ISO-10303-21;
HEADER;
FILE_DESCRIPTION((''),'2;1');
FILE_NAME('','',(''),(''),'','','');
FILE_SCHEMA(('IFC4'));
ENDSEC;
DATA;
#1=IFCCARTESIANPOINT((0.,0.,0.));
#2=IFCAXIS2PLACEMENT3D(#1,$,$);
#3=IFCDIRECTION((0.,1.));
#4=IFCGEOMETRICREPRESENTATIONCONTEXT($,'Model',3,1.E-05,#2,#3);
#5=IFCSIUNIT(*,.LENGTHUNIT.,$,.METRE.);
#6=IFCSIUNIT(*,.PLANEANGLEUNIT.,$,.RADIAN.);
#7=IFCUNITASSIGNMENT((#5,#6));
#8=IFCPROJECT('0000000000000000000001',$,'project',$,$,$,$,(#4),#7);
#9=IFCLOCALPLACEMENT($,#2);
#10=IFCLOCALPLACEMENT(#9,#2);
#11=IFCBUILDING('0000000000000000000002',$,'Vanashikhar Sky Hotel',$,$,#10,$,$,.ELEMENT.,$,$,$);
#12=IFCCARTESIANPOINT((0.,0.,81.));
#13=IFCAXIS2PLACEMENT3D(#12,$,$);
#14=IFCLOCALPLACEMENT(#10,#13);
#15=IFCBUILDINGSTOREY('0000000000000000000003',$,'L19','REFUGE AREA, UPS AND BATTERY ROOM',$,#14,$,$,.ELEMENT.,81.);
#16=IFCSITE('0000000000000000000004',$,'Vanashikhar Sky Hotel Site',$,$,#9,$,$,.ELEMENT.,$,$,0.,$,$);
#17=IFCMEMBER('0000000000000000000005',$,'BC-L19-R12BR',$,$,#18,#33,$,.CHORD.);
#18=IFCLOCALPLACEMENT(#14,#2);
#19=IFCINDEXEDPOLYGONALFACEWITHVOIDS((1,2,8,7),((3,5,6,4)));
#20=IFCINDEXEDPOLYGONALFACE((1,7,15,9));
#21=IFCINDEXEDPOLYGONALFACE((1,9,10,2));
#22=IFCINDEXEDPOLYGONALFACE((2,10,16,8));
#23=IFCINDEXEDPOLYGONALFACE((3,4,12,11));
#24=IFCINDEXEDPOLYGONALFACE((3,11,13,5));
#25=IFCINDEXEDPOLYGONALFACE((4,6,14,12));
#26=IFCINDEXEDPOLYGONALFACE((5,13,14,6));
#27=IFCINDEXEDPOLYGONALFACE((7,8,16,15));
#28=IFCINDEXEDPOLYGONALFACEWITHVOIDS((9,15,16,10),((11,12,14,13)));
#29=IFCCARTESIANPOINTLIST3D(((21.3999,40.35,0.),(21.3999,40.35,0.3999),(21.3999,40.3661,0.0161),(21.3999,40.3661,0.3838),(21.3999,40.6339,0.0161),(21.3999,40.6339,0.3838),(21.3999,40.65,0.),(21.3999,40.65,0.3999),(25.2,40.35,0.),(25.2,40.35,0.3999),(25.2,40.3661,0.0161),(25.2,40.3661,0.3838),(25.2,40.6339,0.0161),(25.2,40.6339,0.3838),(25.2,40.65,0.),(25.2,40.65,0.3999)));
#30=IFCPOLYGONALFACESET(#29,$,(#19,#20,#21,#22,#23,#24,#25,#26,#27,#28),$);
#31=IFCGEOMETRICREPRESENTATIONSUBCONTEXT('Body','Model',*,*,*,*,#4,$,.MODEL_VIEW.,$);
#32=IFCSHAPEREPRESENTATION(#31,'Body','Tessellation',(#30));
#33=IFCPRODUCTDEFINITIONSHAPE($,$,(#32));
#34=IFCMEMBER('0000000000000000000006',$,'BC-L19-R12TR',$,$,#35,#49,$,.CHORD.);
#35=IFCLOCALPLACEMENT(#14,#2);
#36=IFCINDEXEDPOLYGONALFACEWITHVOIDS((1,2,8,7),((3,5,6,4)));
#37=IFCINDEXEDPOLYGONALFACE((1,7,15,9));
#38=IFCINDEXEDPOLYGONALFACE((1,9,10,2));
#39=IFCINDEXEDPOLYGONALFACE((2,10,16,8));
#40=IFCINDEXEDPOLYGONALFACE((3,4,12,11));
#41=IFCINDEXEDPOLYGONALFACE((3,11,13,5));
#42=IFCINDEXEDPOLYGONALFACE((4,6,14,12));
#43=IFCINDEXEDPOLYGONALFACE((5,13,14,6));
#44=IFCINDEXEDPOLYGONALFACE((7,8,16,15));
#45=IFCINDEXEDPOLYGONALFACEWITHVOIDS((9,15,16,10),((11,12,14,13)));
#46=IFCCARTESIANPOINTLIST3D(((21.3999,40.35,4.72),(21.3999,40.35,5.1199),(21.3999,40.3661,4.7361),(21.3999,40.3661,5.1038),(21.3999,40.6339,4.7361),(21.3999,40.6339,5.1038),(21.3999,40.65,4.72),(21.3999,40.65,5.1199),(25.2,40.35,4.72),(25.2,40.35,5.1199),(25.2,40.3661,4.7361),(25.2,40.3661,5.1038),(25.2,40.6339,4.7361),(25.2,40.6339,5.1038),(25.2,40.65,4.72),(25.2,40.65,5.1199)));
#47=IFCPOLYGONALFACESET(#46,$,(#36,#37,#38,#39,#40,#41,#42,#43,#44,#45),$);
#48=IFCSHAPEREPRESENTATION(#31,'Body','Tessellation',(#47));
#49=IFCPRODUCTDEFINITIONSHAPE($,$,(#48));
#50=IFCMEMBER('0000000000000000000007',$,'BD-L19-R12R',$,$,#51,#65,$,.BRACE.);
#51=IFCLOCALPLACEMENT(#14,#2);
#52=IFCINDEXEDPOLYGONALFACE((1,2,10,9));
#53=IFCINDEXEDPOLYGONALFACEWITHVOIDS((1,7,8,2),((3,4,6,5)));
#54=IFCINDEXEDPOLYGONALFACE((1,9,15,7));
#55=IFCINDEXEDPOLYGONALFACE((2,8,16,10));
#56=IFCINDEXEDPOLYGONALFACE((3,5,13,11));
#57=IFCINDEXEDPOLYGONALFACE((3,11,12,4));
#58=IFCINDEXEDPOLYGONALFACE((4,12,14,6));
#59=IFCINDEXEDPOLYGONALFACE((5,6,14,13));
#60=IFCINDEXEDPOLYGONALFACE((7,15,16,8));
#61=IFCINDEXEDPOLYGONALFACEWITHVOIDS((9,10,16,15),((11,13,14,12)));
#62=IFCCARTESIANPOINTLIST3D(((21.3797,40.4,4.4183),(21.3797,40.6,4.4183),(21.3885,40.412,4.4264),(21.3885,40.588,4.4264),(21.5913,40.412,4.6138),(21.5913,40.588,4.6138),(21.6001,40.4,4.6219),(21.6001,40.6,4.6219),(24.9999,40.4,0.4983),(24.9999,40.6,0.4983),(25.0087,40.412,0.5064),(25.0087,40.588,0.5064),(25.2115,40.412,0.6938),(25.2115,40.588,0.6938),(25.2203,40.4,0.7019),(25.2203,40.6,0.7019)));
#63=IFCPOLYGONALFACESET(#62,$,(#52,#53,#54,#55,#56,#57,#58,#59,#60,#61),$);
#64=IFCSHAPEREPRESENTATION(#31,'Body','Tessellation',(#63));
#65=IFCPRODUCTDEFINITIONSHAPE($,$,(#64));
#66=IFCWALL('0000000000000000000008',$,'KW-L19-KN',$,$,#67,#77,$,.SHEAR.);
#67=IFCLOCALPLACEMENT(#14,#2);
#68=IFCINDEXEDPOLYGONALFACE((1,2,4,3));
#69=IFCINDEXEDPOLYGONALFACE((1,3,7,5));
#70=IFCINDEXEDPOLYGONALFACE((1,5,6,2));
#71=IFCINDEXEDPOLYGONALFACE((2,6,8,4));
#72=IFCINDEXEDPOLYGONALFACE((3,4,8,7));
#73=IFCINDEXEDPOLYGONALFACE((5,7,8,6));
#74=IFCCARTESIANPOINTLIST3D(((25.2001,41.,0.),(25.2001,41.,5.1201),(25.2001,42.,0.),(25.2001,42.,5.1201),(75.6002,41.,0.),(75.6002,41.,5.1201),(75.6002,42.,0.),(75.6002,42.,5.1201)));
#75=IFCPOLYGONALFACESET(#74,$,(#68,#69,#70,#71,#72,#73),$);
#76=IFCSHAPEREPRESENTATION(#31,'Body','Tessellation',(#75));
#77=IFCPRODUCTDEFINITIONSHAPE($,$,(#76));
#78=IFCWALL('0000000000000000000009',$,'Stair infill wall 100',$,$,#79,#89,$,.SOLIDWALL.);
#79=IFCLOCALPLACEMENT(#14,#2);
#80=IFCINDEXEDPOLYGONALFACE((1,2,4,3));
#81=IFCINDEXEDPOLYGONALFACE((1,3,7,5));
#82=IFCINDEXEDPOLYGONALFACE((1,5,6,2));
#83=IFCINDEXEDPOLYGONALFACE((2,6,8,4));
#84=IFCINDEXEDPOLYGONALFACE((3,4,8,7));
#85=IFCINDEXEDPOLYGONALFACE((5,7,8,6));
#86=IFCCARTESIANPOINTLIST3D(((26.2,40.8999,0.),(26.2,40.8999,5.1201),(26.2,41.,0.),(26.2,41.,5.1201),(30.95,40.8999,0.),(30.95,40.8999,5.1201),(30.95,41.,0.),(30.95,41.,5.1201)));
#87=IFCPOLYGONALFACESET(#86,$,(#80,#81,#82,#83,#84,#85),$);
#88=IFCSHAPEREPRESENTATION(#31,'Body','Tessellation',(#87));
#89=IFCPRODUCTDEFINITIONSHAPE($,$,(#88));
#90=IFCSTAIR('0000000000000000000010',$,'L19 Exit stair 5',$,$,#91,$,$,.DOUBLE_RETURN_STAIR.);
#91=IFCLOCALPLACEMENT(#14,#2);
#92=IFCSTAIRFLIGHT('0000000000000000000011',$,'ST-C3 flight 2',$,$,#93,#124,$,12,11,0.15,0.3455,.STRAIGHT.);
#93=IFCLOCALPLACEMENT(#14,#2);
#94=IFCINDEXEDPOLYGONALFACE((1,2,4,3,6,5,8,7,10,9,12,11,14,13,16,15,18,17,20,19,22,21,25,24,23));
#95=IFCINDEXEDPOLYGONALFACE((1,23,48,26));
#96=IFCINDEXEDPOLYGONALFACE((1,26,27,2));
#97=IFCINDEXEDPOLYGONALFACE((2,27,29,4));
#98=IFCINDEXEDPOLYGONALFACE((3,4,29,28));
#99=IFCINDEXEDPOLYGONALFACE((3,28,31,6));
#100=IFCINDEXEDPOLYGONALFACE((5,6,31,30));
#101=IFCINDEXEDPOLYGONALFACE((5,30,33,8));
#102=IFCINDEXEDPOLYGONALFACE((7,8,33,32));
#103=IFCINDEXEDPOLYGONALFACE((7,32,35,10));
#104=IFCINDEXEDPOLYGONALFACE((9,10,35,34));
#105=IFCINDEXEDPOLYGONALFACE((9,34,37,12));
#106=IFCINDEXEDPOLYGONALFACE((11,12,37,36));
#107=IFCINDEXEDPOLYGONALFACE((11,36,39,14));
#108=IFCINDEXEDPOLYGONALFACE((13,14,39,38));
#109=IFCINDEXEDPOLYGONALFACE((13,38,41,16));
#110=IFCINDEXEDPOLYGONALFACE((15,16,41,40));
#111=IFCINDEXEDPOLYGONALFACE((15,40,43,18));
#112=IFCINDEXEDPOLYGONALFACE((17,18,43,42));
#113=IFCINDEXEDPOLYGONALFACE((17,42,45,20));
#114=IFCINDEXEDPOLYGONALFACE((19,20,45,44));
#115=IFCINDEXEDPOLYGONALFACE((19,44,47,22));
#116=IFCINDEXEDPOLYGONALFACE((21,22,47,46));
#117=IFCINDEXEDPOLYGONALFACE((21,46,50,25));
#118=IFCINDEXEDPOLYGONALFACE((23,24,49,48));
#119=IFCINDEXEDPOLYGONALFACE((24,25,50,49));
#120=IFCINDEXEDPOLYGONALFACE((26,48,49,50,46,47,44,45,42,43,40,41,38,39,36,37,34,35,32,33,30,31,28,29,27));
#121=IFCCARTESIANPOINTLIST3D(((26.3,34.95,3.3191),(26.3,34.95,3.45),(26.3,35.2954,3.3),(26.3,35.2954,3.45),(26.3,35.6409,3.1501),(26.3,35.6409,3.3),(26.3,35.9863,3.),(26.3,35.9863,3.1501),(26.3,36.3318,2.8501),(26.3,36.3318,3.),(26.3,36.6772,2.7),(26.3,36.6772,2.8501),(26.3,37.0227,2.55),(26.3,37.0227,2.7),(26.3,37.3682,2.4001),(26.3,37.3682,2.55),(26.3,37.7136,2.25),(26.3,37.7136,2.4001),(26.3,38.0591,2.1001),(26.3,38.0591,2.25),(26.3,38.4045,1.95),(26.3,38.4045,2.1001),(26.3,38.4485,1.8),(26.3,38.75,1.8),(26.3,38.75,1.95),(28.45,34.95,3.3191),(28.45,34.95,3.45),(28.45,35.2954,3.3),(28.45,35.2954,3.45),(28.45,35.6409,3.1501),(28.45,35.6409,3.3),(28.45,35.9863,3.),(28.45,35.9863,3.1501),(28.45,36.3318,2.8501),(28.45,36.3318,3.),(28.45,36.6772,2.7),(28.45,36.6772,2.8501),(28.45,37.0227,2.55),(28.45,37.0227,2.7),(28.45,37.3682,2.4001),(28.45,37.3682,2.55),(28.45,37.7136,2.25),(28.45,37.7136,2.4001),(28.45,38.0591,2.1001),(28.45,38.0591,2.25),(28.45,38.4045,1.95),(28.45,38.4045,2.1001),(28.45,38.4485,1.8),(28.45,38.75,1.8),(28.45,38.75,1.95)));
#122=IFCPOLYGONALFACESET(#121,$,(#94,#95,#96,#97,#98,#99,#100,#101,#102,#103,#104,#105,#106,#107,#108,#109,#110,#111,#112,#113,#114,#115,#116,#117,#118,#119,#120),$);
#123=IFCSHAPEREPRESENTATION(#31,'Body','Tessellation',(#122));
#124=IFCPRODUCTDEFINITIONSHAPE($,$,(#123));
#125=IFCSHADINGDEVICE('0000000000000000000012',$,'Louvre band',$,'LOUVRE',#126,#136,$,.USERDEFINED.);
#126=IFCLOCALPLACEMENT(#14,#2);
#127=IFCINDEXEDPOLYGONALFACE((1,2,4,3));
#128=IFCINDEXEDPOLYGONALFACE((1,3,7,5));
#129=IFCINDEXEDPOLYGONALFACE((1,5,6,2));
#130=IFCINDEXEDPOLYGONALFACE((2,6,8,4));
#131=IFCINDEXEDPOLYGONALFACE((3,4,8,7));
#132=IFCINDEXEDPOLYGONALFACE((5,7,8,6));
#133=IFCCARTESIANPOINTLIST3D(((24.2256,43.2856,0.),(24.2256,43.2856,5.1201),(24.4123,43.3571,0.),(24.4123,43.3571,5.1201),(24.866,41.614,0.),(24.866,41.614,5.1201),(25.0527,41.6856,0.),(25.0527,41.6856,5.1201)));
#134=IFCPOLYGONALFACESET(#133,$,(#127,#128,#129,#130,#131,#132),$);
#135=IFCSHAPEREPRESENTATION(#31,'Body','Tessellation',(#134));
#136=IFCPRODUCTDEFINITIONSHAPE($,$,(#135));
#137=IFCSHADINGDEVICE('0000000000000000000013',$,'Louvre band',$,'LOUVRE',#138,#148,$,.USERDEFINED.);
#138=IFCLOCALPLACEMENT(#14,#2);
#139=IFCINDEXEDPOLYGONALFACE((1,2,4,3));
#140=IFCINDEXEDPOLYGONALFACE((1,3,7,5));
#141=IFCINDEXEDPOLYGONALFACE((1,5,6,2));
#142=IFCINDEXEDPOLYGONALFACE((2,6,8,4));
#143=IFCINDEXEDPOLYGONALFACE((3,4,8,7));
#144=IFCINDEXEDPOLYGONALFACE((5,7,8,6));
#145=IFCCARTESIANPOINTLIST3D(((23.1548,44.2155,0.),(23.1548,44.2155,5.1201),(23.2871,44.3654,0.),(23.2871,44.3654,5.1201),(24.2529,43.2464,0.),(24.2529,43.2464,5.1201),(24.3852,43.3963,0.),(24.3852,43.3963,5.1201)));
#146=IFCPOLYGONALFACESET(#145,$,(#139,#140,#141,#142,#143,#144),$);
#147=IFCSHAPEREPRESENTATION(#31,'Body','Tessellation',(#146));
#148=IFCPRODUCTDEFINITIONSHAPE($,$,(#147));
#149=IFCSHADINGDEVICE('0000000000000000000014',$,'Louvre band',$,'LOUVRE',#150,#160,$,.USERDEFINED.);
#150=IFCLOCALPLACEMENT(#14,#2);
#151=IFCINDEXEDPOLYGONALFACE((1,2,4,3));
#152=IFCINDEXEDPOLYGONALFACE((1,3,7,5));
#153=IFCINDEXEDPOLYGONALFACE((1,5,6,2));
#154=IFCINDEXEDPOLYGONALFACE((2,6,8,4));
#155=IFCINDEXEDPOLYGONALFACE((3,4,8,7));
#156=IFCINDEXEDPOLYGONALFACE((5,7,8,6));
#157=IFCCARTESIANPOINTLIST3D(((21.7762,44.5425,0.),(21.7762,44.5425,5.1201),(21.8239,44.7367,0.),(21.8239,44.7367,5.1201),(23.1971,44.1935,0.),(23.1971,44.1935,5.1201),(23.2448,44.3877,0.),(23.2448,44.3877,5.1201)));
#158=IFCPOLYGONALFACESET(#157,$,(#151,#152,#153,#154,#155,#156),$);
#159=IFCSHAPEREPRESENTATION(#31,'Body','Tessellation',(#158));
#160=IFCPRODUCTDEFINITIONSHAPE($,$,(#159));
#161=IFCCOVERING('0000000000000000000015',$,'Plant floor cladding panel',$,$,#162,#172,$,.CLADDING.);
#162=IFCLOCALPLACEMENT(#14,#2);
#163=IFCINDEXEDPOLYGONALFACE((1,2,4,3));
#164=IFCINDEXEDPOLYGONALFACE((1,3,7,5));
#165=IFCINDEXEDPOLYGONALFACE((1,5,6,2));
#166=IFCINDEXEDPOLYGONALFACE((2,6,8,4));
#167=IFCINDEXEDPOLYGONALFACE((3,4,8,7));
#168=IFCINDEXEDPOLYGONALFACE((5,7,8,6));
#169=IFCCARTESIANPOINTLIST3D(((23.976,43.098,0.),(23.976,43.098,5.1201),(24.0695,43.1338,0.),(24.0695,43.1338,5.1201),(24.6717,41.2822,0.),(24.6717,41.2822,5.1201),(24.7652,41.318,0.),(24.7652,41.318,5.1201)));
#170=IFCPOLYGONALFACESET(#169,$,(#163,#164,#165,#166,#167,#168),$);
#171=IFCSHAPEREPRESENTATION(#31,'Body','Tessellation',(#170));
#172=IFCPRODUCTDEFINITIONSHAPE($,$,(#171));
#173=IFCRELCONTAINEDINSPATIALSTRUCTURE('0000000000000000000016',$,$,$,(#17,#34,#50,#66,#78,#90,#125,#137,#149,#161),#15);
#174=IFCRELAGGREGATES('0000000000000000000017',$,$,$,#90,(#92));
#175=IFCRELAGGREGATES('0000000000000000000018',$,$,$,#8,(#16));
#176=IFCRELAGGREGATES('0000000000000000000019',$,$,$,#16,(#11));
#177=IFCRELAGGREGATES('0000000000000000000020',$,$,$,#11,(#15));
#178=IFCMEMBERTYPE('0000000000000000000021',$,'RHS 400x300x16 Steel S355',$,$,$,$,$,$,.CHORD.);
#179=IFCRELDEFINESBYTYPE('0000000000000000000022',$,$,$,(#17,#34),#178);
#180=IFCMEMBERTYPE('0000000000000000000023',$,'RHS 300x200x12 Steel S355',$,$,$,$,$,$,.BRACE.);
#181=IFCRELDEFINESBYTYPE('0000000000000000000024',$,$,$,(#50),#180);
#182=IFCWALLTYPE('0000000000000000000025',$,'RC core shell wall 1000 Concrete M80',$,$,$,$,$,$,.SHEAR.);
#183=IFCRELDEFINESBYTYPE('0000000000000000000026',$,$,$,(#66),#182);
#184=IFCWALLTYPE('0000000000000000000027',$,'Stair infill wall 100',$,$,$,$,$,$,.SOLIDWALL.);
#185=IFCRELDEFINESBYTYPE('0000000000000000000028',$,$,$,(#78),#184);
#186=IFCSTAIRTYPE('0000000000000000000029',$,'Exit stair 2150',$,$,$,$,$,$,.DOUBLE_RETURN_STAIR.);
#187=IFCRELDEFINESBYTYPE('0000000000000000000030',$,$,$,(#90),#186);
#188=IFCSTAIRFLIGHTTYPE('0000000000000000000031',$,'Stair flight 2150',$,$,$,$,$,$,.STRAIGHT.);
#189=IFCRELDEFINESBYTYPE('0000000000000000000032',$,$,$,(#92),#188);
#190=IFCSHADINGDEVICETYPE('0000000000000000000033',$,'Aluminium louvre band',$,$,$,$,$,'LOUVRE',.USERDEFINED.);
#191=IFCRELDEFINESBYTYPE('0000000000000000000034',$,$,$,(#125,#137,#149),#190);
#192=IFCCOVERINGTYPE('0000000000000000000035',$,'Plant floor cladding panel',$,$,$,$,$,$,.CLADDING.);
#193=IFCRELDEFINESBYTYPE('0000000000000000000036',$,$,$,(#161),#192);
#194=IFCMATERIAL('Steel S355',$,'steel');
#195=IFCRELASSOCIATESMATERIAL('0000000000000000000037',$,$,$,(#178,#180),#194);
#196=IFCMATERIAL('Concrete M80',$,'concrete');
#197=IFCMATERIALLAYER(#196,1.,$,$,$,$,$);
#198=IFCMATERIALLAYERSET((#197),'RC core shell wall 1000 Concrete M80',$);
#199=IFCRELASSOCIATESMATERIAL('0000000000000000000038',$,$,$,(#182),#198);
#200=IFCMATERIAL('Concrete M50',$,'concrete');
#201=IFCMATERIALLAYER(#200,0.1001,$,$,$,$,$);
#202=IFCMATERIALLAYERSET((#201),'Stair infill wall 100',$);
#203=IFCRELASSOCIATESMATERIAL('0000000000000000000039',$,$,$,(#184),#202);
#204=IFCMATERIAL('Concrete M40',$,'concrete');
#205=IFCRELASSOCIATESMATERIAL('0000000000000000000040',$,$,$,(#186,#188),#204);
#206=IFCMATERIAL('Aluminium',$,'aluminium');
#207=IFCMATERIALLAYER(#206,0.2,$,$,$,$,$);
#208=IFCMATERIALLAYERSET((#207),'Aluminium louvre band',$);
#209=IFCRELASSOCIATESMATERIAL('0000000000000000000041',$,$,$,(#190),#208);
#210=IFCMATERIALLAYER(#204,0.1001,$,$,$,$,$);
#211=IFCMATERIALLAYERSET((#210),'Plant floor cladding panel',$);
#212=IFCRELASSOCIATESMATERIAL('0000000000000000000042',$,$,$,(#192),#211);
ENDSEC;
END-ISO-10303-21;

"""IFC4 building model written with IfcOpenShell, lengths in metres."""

from ifc_helpers import new_model, si_unit, direction, frame, frame_2d, origin, origin_2d, place, context, subcontext, project, spatial, polyline, rectangle, hollow_rectangle, outline, extrude, source, transform, mapped, material, layer, layer_set, material_profile, profile_set, type_object, element, aggregate, save


model = new_model("IFC4")

# Units and contexts
model_context = context("Model", 3, precision=1e-05, world=origin(), true_north=direction((0.0, 1.0)))
body_context = subcontext(model_context, "Body", "Model", "MODEL_VIEW")
ifc_project = project(units=[si_unit("LENGTHUNIT", "METRE"), si_unit("PLANEANGLEUNIT", "RADIAN")], contexts=[model_context])

# Site, building, storey
site_placement = place(None, origin())
site = spatial("IfcSite", under=ifc_project, at=site_placement, Name="Vanashikhar Sky Hotel Site", CompositionType="ELEMENT", RefElevation=0.0)
building_placement = place(site_placement, origin())
building = spatial("IfcBuilding", under=site, at=building_placement, Name="Vanashikhar Sky Hotel", CompositionType="ELEMENT")
storey_placement = place(building_placement, frame((0.0, 0.0, 81.0)))
storey = spatial("IfcBuildingStorey", under=building, at=storey_placement, Name="L19", Description="REFUGE AREA, UPS AND BATTERY ROOM", CompositionType="ELEMENT", Elevation=81.0)

# Members
ifc_material_1 = material(Name="Steel S355", Category="steel")
ifc_material_profile_1 = material_profile(ifc_material_1, hollow_rectangle(XDim=0.3, YDim=0.3999, WallThickness=0.0161, at=origin_2d()))
ifc_profile_set_1 = profile_set([ifc_material_profile_1], Name="RHS 400x300x16 Steel S355")
member_type_1 = type_object("IfcMemberType", Name="RHS 400x300x16 Steel S355", PredefinedType="CHORD", material=ifc_profile_set_1)
shared_shape_1 = source(origin(), body_context, "Body", "SweptSolid", [
    extrude(hollow_rectangle(XDim=0.3, YDim=0.3999, WallThickness=0.0161, at=origin_2d()), origin(), (0.0, 0.0, 1.0), 3.8),
])
for number, where, z_axis, x_axis, name in (
    (1, (21.3999, 40.5, 0.2), (1.0, 0.0, 0.0), (0.0, 1.0, 0.0), "BC-L19-R12BR"),
    (2, (21.3999, 40.5, 4.9199), (1.0, 0.0, 0.0), (0.0, 1.0, 0.0), "BC-L19-R12TR"),
):
    element("IfcMember", number, at=place(storey_placement, frame(where, z_axis=z_axis, x_axis=x_axis)), inside=storey, type_object=member_type_1, Name=name, PredefinedType="CHORD", context=body_context, shape_type="MappedRepresentation", body=[
        mapped(shared_shape_1, transform((0.0, 0.0, 0.0), scale=1.0)),
    ])
ifc_material_profile_2 = material_profile(ifc_material_1, hollow_rectangle(XDim=0.2, YDim=0.3, WallThickness=0.012, at=origin_2d()))
ifc_profile_set_2 = profile_set([ifc_material_profile_2], Name="RHS 300x200x12 Steel S355")
member_type_2 = type_object("IfcMemberType", Name="RHS 300x200x12 Steel S355", PredefinedType="BRACE", material=ifc_profile_set_2)
shared_shape_2 = source(origin(), body_context, "Body", "SweptSolid", [
    extrude(hollow_rectangle(XDim=0.2, YDim=0.3, WallThickness=0.012, at=origin_2d()), origin(), (0.0, 0.0, 1.0), 5.3359),
])
member_placement = place(storey_placement, frame((25.1101, 40.5, 0.6001), z_axis=(-0.678455, 0.0, 0.734642), x_axis=(0.0, -1.0, 0.0)))
element("IfcMember", 3, at=member_placement, inside=storey, type_object=member_type_2, Name="BD-L19-R12R", PredefinedType="BRACE", context=body_context, shape_type="MappedRepresentation", body=[
    mapped(shared_shape_2, transform((0.0, 0.0, 0.0), scale=1.0)),
])

# Walls
ifc_material_2 = material(Name="Concrete M80", Category="concrete")
ifc_layer_1 = layer(ifc_material_2, 1.0)
ifc_layer_set_1 = layer_set([ifc_layer_1], Name="RC core shell wall 1000 Concrete M80")
wall_type_1 = type_object("IfcWallType", Name="RC core shell wall 1000 Concrete M80", PredefinedType="SHEAR", material=ifc_layer_set_1)
shared_shape_3 = source(origin(), body_context, "Body", "SweptSolid", [
    extrude(rectangle(XDim=50.4001, YDim=1.0, at=frame_2d((25.2002, 0.0))), origin(), (0.0, 0.0, 1.0), 5.1201),
])
wall_1_placement = place(storey_placement, frame((25.2, 41.5, 0.0), z_axis=(0.0, 0.0, 1.0), x_axis=(1.0, 0.0, 0.0)))
element("IfcWall", 4, at=wall_1_placement, inside=storey, type_object=wall_type_1, Name="KW-L19-KN", PredefinedType="SHEAR", context=body_context, shape_type="MappedRepresentation", body=[
    mapped(shared_shape_3, transform((0.0, 0.0, 0.0), scale=1.0)),
])
ifc_material_3 = material(Name="Concrete M50", Category="concrete")
ifc_layer_2 = layer(ifc_material_3, 0.1001)
ifc_layer_set_2 = layer_set([ifc_layer_2], Name="Stair infill wall 100")
wall_type_2 = type_object("IfcWallType", Name="Stair infill wall 100", PredefinedType="SOLIDWALL", material=ifc_layer_set_2)
shared_shape_4 = source(origin(), body_context, "Body", "SweptSolid", [
    extrude(rectangle(XDim=4.75, YDim=0.1001, at=frame_2d((2.375, 0.0))), origin(), (0.0, 0.0, 1.0), 5.1201),
])
wall_2_placement = place(storey_placement, frame((26.2, 40.95, 0.0), z_axis=(0.0, 0.0, 1.0), x_axis=(1.0, 0.0, 0.0)))
element("IfcWall", 5, at=wall_2_placement, inside=storey, type_object=wall_type_2, Name="Stair infill wall 100", PredefinedType="SOLIDWALL", context=body_context, shape_type="MappedRepresentation", body=[
    mapped(shared_shape_4, transform((0.0, 0.0, 0.0), scale=1.0)),
])

# Stair, stair flight
ifc_material_4 = material(Name="Concrete M40", Category="concrete")
stair_type = type_object("IfcStairType", Name="Exit stair 2150", PredefinedType="DOUBLE_RETURN_STAIR", material=ifc_material_4)
stair_placement = place(storey_placement, origin())
stair = element("IfcStair", 6, at=stair_placement, inside=storey, type_object=stair_type, Name="L19 Exit stair 5", PredefinedType="DOUBLE_RETURN_STAIR")
stair_flight_type = type_object("IfcStairFlightType", Name="Stair flight 2150", PredefinedType="STRAIGHT", material=ifc_material_4)
shared_shape_5 = source(origin(), body_context, "Body", "SweptSolid", [
    extrude(outline(polyline([(0.0, 0.0), (0.0, 0.1499), (0.3455, 0.1499), (0.3455, 0.3), (0.6909, 0.3), (0.6909, 0.45), (1.0364, 0.45), (1.0364, 0.6001), (1.3818, 0.6001), (1.3818, 0.75), (1.7273, 0.75), (1.7273, 0.8999), (2.0728, 0.8999), (2.0728, 1.05), (2.4182, 1.05), (2.4182, 1.2), (2.7637, 1.2), (2.7637, 1.3501), (3.1091, 1.3501), (3.1091, 1.5), (3.4546, 1.5), (3.4546, 1.6499), (3.8, 1.6499), (3.8, 1.8), (3.8, 1.519), (0.3015, 0.0), (0.0, 0.0)])), frame((0.0, 1.075, 0.0), z_axis=(0.0, -1.0, 0.0), x_axis=(1.0, 0.0, 0.0)), (0.0, 0.0, 1.0), 2.1499),
])
stair_flight_placement = place(storey_placement, frame((27.375, 38.75, 1.8), z_axis=(0.0, 0.0, 1.0), x_axis=(0.0, -1.0, 0.0)))
stair_flight = element("IfcStairFlight", 7, at=stair_flight_placement, type_object=stair_flight_type, Name="ST-C3 flight 2", NumberOfRisers=12, NumberOfTreads=11, PredefinedType="STRAIGHT", RiserHeight=0.15, TreadLength=0.3455, context=body_context, shape_type="MappedRepresentation", body=[
    mapped(shared_shape_5, transform((0.0, 0.0, 0.0), scale=1.0)),
])
aggregate(stair, [stair_flight])

# Shading devices
ifc_material_5 = material(Name="Aluminium", Category="aluminium")
ifc_layer_3 = layer(ifc_material_5, 0.2)
ifc_layer_set_3 = layer_set([ifc_layer_3], Name="Aluminium louvre band")
shading_device_type = type_object("IfcShadingDeviceType", Name="Aluminium louvre band", ElementType="LOUVRE", PredefinedType="USERDEFINED", material=ifc_layer_set_3)
shared_shape_6 = source(origin(), body_context, "Body", "SweptSolid", [
    extrude(rectangle(XDim=1.79, YDim=0.2, at=origin_2d()), origin(), (0.0, 0.0, 1.0), 5.1201),
])
shading_device_1_placement = place(storey_placement, frame((24.6392, 42.4856, 0.0), z_axis=(0.0, 0.0, 1.0), x_axis=(-0.357765, 0.933812, 0.0)))
element("IfcShadingDevice", 8, at=shading_device_1_placement, inside=storey, type_object=shading_device_type, Name="Louvre band", ObjectType="LOUVRE", PredefinedType="USERDEFINED", context=body_context, shape_type="MappedRepresentation", body=[
    mapped(shared_shape_6, transform((0.0, 0.0, 0.0), scale=1.0)),
])
shared_shape_7 = source(origin(), body_context, "Body", "SweptSolid", [
    extrude(rectangle(XDim=1.4646, YDim=0.2, at=origin_2d()), origin(), (0.0, 0.0, 1.0), 5.1201),
])
shading_device_2_placement = place(storey_placement, frame((23.77, 43.8059, 0.0), z_axis=(0.0, 0.0, 1.0), x_axis=(-0.749742, 0.661731, 0.0)))
element("IfcShadingDevice", 9, at=shading_device_2_placement, inside=storey, type_object=shading_device_type, Name="Louvre band", ObjectType="LOUVRE", PredefinedType="USERDEFINED", context=body_context, shape_type="MappedRepresentation", body=[
    mapped(shared_shape_7, transform((0.0, 0.0, 0.0), scale=1.0)),
])
shared_shape_8 = source(origin(), body_context, "Body", "SweptSolid", [
    extrude(rectangle(XDim=1.4631, YDim=0.2, at=origin_2d()), origin(), (0.0, 0.0, 1.0), 5.1201),
])
shading_device_3_placement = place(storey_placement, frame((22.5105, 44.4651, 0.0), z_axis=(0.0, 0.0, 1.0), x_axis=(-0.971134, 0.238533, 0.0)))
element("IfcShadingDevice", 10, at=shading_device_3_placement, inside=storey, type_object=shading_device_type, Name="Louvre band", ObjectType="LOUVRE", PredefinedType="USERDEFINED", context=body_context, shape_type="MappedRepresentation", body=[
    mapped(shared_shape_8, transform((0.0, 0.0, 0.0), scale=1.0)),
])

# Covering
ifc_layer_4 = layer(ifc_material_4, 0.1001)
ifc_layer_set_4 = layer_set([ifc_layer_4], Name="Plant floor cladding panel")
covering_type_1 = type_object("IfcCoveringType", Name="Plant floor cladding panel", PredefinedType="CLADDING", material=ifc_layer_set_4)
shared_shape_9 = source(origin(), body_context, "Body", "SweptSolid", [
    extrude(rectangle(XDim=1.9446, YDim=0.1001, at=origin_2d()), origin(), (0.0, 0.0, 1.0), 5.1201),
])
covering_1_placement = place(storey_placement, frame((24.3706, 42.208, 0.0), z_axis=(0.0, 0.0, 1.0), x_axis=(-0.357781, 0.933805, 0.0)))
element("IfcCovering", 11, at=covering_1_placement, inside=storey, type_object=covering_type_1, Name="Plant floor cladding panel", PredefinedType="CLADDING", context=body_context, shape_type="MappedRepresentation", body=[
    mapped(shared_shape_9, transform((0.0, 0.0, 0.0), scale=1.0)),
])

save(model, "model.ifc")
